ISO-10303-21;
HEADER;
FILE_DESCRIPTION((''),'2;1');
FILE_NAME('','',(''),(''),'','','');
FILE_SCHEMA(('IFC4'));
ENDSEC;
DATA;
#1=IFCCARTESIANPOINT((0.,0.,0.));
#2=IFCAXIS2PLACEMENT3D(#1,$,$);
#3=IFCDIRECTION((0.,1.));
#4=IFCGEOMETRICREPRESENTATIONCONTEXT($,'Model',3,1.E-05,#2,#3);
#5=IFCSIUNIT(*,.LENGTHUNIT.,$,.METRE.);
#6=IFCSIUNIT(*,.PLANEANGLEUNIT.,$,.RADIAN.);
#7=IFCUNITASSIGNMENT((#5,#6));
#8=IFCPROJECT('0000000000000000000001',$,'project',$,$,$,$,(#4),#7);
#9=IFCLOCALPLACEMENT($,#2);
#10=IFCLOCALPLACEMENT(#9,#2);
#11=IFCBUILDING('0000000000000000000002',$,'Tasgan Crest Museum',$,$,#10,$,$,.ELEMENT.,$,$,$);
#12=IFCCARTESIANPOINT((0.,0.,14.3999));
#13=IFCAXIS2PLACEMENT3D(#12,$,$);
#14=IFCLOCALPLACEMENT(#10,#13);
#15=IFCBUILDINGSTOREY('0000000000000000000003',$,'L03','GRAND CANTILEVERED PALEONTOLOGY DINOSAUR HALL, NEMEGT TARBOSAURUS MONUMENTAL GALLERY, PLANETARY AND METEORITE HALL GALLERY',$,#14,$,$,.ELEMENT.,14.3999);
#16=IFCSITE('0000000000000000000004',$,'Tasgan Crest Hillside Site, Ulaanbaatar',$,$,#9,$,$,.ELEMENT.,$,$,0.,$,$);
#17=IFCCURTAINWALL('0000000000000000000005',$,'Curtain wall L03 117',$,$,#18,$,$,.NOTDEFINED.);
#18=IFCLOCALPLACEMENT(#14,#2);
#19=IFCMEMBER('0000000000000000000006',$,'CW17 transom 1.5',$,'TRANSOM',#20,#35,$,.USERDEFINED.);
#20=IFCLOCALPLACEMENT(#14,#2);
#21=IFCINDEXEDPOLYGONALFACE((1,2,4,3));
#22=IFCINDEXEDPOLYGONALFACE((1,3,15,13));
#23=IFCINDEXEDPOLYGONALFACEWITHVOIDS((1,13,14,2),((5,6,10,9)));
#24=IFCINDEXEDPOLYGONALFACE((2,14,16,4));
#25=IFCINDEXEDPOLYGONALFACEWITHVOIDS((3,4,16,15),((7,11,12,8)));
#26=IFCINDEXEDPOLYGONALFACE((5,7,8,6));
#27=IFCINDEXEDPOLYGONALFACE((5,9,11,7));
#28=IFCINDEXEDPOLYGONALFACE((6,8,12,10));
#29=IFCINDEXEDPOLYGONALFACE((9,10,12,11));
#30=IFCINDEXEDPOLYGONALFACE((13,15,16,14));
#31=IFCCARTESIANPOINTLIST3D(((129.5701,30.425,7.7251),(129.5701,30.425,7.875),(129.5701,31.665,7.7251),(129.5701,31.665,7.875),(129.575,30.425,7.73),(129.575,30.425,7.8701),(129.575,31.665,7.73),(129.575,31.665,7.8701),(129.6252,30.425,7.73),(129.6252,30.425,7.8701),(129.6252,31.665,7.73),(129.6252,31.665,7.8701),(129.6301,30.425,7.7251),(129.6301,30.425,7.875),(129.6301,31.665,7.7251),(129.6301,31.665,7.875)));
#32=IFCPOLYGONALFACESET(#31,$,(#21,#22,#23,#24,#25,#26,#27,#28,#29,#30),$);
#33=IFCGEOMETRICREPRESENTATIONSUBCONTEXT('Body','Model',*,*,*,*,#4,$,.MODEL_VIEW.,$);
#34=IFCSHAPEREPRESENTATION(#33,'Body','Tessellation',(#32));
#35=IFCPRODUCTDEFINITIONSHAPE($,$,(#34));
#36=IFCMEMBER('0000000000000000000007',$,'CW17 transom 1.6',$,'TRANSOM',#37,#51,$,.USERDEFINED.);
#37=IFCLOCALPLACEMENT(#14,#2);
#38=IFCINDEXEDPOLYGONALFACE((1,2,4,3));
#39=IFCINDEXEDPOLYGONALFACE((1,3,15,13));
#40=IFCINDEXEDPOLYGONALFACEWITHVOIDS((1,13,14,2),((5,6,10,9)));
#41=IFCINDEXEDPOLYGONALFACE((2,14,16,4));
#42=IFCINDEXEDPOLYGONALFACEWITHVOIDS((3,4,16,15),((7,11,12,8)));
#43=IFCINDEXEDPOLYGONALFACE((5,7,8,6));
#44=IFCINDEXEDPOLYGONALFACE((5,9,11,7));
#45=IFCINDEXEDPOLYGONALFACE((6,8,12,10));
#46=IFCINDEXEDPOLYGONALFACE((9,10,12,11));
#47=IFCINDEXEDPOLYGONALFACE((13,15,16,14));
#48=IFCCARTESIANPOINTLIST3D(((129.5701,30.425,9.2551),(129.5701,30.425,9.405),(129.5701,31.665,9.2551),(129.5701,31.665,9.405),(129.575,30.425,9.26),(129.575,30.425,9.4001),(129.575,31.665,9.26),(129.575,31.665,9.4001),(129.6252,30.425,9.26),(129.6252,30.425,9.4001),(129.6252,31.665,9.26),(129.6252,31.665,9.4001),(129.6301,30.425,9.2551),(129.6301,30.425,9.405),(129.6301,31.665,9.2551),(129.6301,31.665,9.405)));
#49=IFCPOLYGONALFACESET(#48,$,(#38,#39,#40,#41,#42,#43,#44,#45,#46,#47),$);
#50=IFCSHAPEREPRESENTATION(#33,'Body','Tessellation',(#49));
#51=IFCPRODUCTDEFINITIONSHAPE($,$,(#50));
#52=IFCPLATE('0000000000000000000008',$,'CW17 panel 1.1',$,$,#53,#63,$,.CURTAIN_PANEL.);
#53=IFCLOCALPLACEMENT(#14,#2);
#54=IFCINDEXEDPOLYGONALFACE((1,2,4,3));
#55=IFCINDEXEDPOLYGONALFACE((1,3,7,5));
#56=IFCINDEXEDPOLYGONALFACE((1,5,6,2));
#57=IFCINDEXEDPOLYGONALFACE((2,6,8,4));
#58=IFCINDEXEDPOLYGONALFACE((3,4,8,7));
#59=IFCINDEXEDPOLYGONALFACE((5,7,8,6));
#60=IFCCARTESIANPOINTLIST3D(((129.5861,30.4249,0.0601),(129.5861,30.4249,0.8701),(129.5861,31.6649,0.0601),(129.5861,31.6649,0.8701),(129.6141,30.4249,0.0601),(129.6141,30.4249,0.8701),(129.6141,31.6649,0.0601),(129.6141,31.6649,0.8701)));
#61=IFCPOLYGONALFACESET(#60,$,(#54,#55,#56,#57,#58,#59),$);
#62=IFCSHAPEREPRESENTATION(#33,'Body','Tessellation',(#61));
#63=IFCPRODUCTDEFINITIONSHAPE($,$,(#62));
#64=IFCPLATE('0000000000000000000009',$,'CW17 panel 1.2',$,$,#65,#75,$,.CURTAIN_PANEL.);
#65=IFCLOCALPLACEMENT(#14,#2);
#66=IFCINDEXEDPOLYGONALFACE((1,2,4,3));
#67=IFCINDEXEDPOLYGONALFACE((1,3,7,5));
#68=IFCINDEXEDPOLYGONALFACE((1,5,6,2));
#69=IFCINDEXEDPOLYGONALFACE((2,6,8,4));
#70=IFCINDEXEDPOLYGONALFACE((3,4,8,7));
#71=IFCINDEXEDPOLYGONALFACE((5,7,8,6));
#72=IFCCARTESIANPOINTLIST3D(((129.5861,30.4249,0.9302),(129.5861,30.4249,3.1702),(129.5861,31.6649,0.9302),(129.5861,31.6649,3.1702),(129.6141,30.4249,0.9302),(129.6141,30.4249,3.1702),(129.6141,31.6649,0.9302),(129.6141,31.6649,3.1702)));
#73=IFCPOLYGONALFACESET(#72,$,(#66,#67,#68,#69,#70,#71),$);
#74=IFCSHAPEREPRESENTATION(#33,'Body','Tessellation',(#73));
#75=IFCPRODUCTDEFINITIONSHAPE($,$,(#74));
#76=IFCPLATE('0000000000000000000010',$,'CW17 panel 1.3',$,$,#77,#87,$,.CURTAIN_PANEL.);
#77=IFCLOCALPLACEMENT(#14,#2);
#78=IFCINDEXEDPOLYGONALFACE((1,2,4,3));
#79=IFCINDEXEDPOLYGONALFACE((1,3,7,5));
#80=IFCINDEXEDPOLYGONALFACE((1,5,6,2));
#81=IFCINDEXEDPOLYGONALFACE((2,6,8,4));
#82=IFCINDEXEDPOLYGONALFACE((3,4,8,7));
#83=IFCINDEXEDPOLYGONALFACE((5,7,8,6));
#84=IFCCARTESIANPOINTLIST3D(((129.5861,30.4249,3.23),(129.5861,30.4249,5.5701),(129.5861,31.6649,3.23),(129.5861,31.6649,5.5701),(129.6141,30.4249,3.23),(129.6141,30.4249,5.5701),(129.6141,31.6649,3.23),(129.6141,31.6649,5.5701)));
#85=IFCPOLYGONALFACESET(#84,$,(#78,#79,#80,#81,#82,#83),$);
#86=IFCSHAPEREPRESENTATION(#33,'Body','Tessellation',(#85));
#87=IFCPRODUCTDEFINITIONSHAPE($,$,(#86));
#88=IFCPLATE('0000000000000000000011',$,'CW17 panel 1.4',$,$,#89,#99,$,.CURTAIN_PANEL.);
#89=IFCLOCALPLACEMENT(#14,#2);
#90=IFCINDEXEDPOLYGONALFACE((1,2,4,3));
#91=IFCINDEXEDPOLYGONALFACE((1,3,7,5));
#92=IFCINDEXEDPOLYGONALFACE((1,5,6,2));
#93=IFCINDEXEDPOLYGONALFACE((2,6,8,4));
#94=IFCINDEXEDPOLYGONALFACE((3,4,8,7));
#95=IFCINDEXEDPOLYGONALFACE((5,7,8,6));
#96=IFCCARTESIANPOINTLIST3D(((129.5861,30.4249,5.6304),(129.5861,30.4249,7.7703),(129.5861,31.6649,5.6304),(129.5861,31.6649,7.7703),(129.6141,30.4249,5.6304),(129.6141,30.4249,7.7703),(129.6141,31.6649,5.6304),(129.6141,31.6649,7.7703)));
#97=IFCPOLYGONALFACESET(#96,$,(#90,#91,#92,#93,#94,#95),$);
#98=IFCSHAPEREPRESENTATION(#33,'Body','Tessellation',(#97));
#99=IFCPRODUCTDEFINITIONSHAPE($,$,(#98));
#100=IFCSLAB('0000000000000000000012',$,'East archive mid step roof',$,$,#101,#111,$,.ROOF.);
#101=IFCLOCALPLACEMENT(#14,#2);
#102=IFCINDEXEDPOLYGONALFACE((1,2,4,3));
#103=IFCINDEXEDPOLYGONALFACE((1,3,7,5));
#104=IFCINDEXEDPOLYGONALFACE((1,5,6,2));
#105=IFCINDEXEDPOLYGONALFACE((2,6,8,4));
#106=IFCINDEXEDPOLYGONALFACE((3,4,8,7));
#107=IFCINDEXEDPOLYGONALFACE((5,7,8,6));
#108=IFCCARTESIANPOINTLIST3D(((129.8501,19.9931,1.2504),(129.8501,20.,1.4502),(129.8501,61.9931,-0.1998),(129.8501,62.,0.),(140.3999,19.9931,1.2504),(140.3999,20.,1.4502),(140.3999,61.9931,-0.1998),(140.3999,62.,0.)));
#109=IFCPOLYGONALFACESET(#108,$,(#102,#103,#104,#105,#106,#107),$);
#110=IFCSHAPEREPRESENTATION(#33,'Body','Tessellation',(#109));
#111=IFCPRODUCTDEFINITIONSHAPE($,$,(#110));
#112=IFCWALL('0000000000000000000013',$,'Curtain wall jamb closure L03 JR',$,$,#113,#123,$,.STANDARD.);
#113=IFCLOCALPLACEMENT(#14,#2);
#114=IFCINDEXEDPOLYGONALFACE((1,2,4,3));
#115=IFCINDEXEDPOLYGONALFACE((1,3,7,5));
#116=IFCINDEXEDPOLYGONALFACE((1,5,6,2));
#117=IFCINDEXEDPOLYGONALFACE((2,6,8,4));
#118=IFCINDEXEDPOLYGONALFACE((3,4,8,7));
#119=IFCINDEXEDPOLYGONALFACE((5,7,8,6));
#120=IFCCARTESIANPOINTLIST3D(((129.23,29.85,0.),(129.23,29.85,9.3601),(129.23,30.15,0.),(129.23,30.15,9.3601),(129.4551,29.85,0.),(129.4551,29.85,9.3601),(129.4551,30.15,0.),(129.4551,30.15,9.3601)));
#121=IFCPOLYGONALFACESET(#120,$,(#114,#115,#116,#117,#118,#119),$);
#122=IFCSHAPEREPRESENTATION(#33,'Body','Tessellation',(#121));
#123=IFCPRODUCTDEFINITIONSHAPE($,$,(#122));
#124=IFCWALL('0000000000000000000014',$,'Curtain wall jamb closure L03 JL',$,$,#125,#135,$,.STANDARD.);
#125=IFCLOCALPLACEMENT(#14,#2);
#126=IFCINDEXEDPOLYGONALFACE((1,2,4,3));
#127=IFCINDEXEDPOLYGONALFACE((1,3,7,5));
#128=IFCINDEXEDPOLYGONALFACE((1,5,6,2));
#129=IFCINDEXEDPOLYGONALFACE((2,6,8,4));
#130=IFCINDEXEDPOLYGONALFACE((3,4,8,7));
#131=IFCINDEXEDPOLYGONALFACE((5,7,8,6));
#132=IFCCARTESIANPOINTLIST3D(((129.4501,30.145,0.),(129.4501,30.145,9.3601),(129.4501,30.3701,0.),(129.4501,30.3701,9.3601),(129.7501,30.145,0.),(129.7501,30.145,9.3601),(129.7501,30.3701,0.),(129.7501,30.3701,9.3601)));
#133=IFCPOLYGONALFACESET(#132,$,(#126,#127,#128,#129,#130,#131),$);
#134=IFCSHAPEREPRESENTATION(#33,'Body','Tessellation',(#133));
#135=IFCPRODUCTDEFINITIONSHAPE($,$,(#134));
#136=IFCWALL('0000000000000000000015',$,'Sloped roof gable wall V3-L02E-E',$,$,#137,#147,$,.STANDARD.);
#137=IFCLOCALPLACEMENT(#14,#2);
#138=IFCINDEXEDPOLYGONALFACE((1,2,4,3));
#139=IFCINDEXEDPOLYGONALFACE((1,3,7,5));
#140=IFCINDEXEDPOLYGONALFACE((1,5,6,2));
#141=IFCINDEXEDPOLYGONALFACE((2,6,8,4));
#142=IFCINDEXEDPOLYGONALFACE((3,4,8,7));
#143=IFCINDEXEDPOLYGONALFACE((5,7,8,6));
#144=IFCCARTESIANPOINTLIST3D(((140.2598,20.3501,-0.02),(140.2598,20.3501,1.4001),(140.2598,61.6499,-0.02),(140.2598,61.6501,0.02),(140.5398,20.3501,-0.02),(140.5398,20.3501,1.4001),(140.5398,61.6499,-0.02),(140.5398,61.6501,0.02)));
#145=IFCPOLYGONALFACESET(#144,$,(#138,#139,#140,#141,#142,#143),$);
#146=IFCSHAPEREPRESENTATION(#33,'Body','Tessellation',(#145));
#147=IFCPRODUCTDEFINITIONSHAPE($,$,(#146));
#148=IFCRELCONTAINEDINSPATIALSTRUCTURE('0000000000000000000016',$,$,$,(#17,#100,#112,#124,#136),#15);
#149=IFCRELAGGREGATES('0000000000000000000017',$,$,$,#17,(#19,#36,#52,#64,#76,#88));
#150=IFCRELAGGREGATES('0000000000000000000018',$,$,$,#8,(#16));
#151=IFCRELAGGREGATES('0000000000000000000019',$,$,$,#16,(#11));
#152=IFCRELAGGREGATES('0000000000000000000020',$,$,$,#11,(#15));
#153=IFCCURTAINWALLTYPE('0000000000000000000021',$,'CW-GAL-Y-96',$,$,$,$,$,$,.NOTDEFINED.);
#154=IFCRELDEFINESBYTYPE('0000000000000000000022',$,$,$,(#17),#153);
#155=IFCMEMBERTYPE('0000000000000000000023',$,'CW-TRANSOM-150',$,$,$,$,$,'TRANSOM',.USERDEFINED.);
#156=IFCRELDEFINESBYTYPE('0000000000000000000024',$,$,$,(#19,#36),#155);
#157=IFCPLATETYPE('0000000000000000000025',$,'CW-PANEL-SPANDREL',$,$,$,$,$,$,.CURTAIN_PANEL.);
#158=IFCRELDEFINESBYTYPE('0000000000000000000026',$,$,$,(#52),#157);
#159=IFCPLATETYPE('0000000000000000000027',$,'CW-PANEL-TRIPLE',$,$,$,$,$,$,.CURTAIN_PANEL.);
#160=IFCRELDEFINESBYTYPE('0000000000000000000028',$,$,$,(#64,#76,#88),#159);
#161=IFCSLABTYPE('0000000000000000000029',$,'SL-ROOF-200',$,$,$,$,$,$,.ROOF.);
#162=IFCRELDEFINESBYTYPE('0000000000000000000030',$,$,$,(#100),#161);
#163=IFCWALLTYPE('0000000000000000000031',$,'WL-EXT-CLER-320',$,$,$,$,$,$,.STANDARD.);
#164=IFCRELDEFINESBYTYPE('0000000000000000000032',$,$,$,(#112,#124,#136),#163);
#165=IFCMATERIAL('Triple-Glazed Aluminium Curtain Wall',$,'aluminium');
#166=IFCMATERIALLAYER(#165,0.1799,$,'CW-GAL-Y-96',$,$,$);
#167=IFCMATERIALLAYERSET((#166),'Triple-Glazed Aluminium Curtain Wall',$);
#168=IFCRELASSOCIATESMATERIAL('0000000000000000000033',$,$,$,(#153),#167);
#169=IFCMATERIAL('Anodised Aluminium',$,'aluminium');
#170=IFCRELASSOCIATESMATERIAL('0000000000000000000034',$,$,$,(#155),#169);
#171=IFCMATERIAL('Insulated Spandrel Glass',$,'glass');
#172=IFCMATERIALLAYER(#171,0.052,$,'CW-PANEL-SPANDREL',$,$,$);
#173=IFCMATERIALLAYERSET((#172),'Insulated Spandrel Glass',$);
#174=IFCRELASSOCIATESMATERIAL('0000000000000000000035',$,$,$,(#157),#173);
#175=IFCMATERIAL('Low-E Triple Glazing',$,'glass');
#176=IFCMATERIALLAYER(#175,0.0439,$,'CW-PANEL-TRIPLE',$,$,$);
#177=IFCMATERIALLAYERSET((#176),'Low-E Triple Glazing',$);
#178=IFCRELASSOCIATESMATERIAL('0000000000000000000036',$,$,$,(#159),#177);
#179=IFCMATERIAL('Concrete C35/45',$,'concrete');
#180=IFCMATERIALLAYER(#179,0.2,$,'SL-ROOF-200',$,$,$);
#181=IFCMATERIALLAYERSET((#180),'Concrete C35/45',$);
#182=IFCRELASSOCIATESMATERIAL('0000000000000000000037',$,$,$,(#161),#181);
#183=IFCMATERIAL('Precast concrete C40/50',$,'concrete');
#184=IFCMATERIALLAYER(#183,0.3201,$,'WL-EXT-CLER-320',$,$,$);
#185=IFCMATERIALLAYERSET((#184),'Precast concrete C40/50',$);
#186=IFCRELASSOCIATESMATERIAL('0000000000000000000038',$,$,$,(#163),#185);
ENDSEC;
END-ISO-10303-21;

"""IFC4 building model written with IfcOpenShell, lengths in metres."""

from ifc_helpers import new_model, si_unit, direction, frame, frame_2d, origin, origin_2d, place, context, subcontext, project, spatial, polyline, rectangle, hollow_rectangle, outline, extrude, material, layer, layer_set, material_profile, profile_set, type_object, element, aggregate, save


model = new_model("IFC4")

# Units and contexts
model_context = context("Model", 3, precision=1e-05, world=origin(), true_north=direction((0.0, 1.0)))
body_context = subcontext(model_context, "Body", "Model", "MODEL_VIEW")
ifc_project = project(units=[si_unit("LENGTHUNIT", "METRE"), si_unit("PLANEANGLEUNIT", "RADIAN")], contexts=[model_context])

# Site, building, storey
site_placement = place(None, origin())
site = spatial("IfcSite", under=ifc_project, at=site_placement, Name="Tasgan Crest Hillside Site, Ulaanbaatar", CompositionType="ELEMENT", RefElevation=0.0)
building_placement = place(site_placement, origin())
building = spatial("IfcBuilding", under=site, at=building_placement, Name="Tasgan Crest Museum", CompositionType="ELEMENT")
storey_placement = place(building_placement, frame((0.0, 0.0, 14.3999)))
storey = spatial("IfcBuildingStorey", under=building, at=storey_placement, Name="L03", Description="GRAND CANTILEVERED PALEONTOLOGY DINOSAUR HALL, NEMEGT TARBOSAURUS MONUMENTAL GALLERY, PLANETARY AND METEORITE HALL GALLERY", CompositionType="ELEMENT", Elevation=14.3999)

# Curtain wall, members, plates
ifc_material_1 = material(Name="Triple-Glazed Aluminium Curtain Wall", Category="aluminium")
ifc_layer_1 = layer(ifc_material_1, 0.1799, Name="CW-GAL-Y-96")
ifc_layer_set_1 = layer_set([ifc_layer_1], Name="Triple-Glazed Aluminium Curtain Wall")
curtain_wall_type = type_object("IfcCurtainWallType", Name="CW-GAL-Y-96", PredefinedType="NOTDEFINED", material=ifc_layer_set_1)
curtain_wall_placement = place(storey_placement, origin())
curtain_wall = element("IfcCurtainWall", 1, at=curtain_wall_placement, inside=storey, type_object=curtain_wall_type, Name="Curtain wall L03 117", PredefinedType="NOTDEFINED")
ifc_material_2 = material(Name="Anodised Aluminium", Category="aluminium")
ifc_material_profile_1 = material_profile(ifc_material_2, hollow_rectangle(XDim=0.0601, YDim=0.1499, WallThickness=0.0049, at=origin_2d()), Name="ALU TRANSOM 150x60x5")
ifc_profile_set_1 = profile_set([ifc_material_profile_1], Name="Anodised Aluminium")
member_type_1 = type_object("IfcMemberType", Name="CW-TRANSOM-150", ElementType="TRANSOM", PredefinedType="USERDEFINED", material=ifc_profile_set_1)
member_1_placement = place(storey_placement, frame((129.6001, 30.425, 7.8), z_axis=(0.0, 1.0, 0.0), x_axis=(-1.0, 0.0, 0.0)))
member_1 = element("IfcMember", 2, at=member_1_placement, type_object=member_type_1, Name="CW17 transom 1.5", ObjectType="TRANSOM", PredefinedType="USERDEFINED", context=body_context, shape_type="SweptSolid", body=[
    extrude(hollow_rectangle(XDim=0.0601, YDim=0.1499, WallThickness=0.0049, at=origin_2d()), origin(), (0.0, 0.0, 1.0), 1.24),
])
member_2_placement = place(storey_placement, frame((129.6001, 30.425, 9.3301), z_axis=(0.0, 1.0, 0.0), x_axis=(-1.0, 0.0, 0.0)))
member_2 = element("IfcMember", 3, at=member_2_placement, type_object=member_type_1, Name="CW17 transom 1.6", ObjectType="TRANSOM", PredefinedType="USERDEFINED", context=body_context, shape_type="SweptSolid", body=[
    extrude(hollow_rectangle(XDim=0.0601, YDim=0.1499, WallThickness=0.0049, at=origin_2d()), origin(), (0.0, 0.0, 1.0), 1.24),
])
ifc_material_3 = material(Name="Insulated Spandrel Glass", Category="glass")
ifc_layer_2 = layer(ifc_material_3, 0.052, Name="CW-PANEL-SPANDREL")
ifc_layer_set_2 = layer_set([ifc_layer_2], Name="Insulated Spandrel Glass")
plate_type_1 = type_object("IfcPlateType", Name="CW-PANEL-SPANDREL", PredefinedType="CURTAIN_PANEL", material=ifc_layer_set_2)
plate_1_placement = place(storey_placement, frame((129.6001, 31.0449, 0.0601), z_axis=(0.0, 0.0, 1.0), x_axis=(0.0, 1.0, 0.0)))
plate_1 = element("IfcPlate", 4, at=plate_1_placement, type_object=plate_type_1, Name="CW17 panel 1.1", PredefinedType="CURTAIN_PANEL", context=body_context, shape_type="SweptSolid", body=[
    extrude(rectangle(XDim=1.24, YDim=0.0281, at=origin_2d()), origin(), (0.0, 0.0, 1.0), 0.8101),
])
ifc_material_4 = material(Name="Low-E Triple Glazing", Category="glass")
ifc_layer_3 = layer(ifc_material_4, 0.0439, Name="CW-PANEL-TRIPLE")
ifc_layer_set_3 = layer_set([ifc_layer_3], Name="Low-E Triple Glazing")
plate_type_2 = type_object("IfcPlateType", Name="CW-PANEL-TRIPLE", PredefinedType="CURTAIN_PANEL", material=ifc_layer_set_3)
plate_2_placement = place(storey_placement, frame((129.6001, 31.0449, 0.9302), z_axis=(0.0, 0.0, 1.0), x_axis=(0.0, 1.0, 0.0)))
plate_2 = element("IfcPlate", 5, at=plate_2_placement, type_object=plate_type_2, Name="CW17 panel 1.2", PredefinedType="CURTAIN_PANEL", context=body_context, shape_type="SweptSolid", body=[
    extrude(rectangle(XDim=1.24, YDim=0.0281, at=origin_2d()), origin(), (0.0, 0.0, 1.0), 2.24),
])
plate_3_placement = place(storey_placement, frame((129.6001, 31.0449, 3.23), z_axis=(0.0, 0.0, 1.0), x_axis=(0.0, 1.0, 0.0)))
plate_3 = element("IfcPlate", 6, at=plate_3_placement, type_object=plate_type_2, Name="CW17 panel 1.3", PredefinedType="CURTAIN_PANEL", context=body_context, shape_type="SweptSolid", body=[
    extrude(rectangle(XDim=1.24, YDim=0.0281, at=origin_2d()), origin(), (0.0, 0.0, 1.0), 2.3401),
])
plate_4_placement = place(storey_placement, frame((129.6001, 31.0449, 5.6304), z_axis=(0.0, 0.0, 1.0), x_axis=(0.0, 1.0, 0.0)))
plate_4 = element("IfcPlate", 7, at=plate_4_placement, type_object=plate_type_2, Name="CW17 panel 1.4", PredefinedType="CURTAIN_PANEL", context=body_context, shape_type="SweptSolid", body=[
    extrude(rectangle(XDim=1.24, YDim=0.0281, at=origin_2d()), origin(), (0.0, 0.0, 1.0), 2.1399),
])
aggregate(curtain_wall, [member_1, member_2, plate_1, plate_2, plate_3, plate_4])

# Slab
ifc_material_5 = material(Name="Concrete C35/45", Category="concrete")
ifc_layer_4 = layer(ifc_material_5, 0.2, Name="SL-ROOF-200")
ifc_layer_set_4 = layer_set([ifc_layer_4], Name="Concrete C35/45")
slab_type = type_object("IfcSlabType", Name="SL-ROOF-200", PredefinedType="ROOF", material=ifc_layer_set_4)
slab_placement = place(storey_placement, frame((129.8501, 20.0, 1.4502), z_axis=(0.0, 0.034508, 0.999404), x_axis=(1.0, 0.0, 0.0)))
element("IfcSlab", 8, at=slab_placement, inside=storey, type_object=slab_type, Name="East archive mid step roof", PredefinedType="ROOF", context=body_context, shape_type="SweptSolid", body=[
    extrude(outline(polyline([(0.0, 0.0), (10.5498, 0.0), (10.5498, 42.025), (0.0, 42.025), (0.0, 0.0)])), origin(), (0.0, 0.0, -1.0), 0.2),
])

# Walls
ifc_material_6 = material(Name="Precast concrete C40/50", Category="concrete")
ifc_layer_5 = layer(ifc_material_6, 0.3201, Name="WL-EXT-CLER-320")
ifc_layer_set_5 = layer_set([ifc_layer_5], Name="Precast concrete C40/50")
wall_type = type_object("IfcWallType", Name="WL-EXT-CLER-320", PredefinedType="STANDARD", material=ifc_layer_set_5)
for number, where, z_axis, x_axis, name in (
    (9, (129.23, 30.0, 0.0), (0.0, 0.0, 1.0), (1.0, 0.0, 0.0), "Curtain wall jamb closure L03 JR"),
    (10, (129.6001, 30.145, 0.0), (0.0, 0.0, 1.0), (0.0, 1.0, 0.0), "Curtain wall jamb closure L03 JL"),
):
    element("IfcWall", number, at=place(storey_placement, frame(where, z_axis=z_axis, x_axis=x_axis)), inside=storey, type_object=wall_type, Name=name, PredefinedType="STANDARD", context=body_context, shape_type="SweptSolid", body=[
        extrude(rectangle(XDim=0.2251, YDim=0.3, at=frame_2d((0.1125, 0.0))), origin(), (0.0, 0.0, 1.0), 9.3601),
    ])
wall_placement = place(storey_placement, frame((140.3999, 20.3501, -0.02), z_axis=(0.0, 0.0, 1.0), x_axis=(0.0, 1.0, 0.0)))
element("IfcWall", 11, at=wall_placement, inside=storey, type_object=wall_type, Name="Sloped roof gable wall V3-L02E-E", PredefinedType="STANDARD", context=body_context, shape_type="SweptSolid", body=[
    extrude(outline(polyline([(0.0, 0.0), (41.2998, 0.0), (41.3, 0.04), (0.0, 1.4202), (0.0, 0.0)])), frame((0.0, 0.1401, 0.0), z_axis=(0.0, -1.0, 0.0), x_axis=(1.0, 0.0, 0.0)), (0.0, 0.0, 1.0), 0.28),
])

save(model, "model.ifc")
